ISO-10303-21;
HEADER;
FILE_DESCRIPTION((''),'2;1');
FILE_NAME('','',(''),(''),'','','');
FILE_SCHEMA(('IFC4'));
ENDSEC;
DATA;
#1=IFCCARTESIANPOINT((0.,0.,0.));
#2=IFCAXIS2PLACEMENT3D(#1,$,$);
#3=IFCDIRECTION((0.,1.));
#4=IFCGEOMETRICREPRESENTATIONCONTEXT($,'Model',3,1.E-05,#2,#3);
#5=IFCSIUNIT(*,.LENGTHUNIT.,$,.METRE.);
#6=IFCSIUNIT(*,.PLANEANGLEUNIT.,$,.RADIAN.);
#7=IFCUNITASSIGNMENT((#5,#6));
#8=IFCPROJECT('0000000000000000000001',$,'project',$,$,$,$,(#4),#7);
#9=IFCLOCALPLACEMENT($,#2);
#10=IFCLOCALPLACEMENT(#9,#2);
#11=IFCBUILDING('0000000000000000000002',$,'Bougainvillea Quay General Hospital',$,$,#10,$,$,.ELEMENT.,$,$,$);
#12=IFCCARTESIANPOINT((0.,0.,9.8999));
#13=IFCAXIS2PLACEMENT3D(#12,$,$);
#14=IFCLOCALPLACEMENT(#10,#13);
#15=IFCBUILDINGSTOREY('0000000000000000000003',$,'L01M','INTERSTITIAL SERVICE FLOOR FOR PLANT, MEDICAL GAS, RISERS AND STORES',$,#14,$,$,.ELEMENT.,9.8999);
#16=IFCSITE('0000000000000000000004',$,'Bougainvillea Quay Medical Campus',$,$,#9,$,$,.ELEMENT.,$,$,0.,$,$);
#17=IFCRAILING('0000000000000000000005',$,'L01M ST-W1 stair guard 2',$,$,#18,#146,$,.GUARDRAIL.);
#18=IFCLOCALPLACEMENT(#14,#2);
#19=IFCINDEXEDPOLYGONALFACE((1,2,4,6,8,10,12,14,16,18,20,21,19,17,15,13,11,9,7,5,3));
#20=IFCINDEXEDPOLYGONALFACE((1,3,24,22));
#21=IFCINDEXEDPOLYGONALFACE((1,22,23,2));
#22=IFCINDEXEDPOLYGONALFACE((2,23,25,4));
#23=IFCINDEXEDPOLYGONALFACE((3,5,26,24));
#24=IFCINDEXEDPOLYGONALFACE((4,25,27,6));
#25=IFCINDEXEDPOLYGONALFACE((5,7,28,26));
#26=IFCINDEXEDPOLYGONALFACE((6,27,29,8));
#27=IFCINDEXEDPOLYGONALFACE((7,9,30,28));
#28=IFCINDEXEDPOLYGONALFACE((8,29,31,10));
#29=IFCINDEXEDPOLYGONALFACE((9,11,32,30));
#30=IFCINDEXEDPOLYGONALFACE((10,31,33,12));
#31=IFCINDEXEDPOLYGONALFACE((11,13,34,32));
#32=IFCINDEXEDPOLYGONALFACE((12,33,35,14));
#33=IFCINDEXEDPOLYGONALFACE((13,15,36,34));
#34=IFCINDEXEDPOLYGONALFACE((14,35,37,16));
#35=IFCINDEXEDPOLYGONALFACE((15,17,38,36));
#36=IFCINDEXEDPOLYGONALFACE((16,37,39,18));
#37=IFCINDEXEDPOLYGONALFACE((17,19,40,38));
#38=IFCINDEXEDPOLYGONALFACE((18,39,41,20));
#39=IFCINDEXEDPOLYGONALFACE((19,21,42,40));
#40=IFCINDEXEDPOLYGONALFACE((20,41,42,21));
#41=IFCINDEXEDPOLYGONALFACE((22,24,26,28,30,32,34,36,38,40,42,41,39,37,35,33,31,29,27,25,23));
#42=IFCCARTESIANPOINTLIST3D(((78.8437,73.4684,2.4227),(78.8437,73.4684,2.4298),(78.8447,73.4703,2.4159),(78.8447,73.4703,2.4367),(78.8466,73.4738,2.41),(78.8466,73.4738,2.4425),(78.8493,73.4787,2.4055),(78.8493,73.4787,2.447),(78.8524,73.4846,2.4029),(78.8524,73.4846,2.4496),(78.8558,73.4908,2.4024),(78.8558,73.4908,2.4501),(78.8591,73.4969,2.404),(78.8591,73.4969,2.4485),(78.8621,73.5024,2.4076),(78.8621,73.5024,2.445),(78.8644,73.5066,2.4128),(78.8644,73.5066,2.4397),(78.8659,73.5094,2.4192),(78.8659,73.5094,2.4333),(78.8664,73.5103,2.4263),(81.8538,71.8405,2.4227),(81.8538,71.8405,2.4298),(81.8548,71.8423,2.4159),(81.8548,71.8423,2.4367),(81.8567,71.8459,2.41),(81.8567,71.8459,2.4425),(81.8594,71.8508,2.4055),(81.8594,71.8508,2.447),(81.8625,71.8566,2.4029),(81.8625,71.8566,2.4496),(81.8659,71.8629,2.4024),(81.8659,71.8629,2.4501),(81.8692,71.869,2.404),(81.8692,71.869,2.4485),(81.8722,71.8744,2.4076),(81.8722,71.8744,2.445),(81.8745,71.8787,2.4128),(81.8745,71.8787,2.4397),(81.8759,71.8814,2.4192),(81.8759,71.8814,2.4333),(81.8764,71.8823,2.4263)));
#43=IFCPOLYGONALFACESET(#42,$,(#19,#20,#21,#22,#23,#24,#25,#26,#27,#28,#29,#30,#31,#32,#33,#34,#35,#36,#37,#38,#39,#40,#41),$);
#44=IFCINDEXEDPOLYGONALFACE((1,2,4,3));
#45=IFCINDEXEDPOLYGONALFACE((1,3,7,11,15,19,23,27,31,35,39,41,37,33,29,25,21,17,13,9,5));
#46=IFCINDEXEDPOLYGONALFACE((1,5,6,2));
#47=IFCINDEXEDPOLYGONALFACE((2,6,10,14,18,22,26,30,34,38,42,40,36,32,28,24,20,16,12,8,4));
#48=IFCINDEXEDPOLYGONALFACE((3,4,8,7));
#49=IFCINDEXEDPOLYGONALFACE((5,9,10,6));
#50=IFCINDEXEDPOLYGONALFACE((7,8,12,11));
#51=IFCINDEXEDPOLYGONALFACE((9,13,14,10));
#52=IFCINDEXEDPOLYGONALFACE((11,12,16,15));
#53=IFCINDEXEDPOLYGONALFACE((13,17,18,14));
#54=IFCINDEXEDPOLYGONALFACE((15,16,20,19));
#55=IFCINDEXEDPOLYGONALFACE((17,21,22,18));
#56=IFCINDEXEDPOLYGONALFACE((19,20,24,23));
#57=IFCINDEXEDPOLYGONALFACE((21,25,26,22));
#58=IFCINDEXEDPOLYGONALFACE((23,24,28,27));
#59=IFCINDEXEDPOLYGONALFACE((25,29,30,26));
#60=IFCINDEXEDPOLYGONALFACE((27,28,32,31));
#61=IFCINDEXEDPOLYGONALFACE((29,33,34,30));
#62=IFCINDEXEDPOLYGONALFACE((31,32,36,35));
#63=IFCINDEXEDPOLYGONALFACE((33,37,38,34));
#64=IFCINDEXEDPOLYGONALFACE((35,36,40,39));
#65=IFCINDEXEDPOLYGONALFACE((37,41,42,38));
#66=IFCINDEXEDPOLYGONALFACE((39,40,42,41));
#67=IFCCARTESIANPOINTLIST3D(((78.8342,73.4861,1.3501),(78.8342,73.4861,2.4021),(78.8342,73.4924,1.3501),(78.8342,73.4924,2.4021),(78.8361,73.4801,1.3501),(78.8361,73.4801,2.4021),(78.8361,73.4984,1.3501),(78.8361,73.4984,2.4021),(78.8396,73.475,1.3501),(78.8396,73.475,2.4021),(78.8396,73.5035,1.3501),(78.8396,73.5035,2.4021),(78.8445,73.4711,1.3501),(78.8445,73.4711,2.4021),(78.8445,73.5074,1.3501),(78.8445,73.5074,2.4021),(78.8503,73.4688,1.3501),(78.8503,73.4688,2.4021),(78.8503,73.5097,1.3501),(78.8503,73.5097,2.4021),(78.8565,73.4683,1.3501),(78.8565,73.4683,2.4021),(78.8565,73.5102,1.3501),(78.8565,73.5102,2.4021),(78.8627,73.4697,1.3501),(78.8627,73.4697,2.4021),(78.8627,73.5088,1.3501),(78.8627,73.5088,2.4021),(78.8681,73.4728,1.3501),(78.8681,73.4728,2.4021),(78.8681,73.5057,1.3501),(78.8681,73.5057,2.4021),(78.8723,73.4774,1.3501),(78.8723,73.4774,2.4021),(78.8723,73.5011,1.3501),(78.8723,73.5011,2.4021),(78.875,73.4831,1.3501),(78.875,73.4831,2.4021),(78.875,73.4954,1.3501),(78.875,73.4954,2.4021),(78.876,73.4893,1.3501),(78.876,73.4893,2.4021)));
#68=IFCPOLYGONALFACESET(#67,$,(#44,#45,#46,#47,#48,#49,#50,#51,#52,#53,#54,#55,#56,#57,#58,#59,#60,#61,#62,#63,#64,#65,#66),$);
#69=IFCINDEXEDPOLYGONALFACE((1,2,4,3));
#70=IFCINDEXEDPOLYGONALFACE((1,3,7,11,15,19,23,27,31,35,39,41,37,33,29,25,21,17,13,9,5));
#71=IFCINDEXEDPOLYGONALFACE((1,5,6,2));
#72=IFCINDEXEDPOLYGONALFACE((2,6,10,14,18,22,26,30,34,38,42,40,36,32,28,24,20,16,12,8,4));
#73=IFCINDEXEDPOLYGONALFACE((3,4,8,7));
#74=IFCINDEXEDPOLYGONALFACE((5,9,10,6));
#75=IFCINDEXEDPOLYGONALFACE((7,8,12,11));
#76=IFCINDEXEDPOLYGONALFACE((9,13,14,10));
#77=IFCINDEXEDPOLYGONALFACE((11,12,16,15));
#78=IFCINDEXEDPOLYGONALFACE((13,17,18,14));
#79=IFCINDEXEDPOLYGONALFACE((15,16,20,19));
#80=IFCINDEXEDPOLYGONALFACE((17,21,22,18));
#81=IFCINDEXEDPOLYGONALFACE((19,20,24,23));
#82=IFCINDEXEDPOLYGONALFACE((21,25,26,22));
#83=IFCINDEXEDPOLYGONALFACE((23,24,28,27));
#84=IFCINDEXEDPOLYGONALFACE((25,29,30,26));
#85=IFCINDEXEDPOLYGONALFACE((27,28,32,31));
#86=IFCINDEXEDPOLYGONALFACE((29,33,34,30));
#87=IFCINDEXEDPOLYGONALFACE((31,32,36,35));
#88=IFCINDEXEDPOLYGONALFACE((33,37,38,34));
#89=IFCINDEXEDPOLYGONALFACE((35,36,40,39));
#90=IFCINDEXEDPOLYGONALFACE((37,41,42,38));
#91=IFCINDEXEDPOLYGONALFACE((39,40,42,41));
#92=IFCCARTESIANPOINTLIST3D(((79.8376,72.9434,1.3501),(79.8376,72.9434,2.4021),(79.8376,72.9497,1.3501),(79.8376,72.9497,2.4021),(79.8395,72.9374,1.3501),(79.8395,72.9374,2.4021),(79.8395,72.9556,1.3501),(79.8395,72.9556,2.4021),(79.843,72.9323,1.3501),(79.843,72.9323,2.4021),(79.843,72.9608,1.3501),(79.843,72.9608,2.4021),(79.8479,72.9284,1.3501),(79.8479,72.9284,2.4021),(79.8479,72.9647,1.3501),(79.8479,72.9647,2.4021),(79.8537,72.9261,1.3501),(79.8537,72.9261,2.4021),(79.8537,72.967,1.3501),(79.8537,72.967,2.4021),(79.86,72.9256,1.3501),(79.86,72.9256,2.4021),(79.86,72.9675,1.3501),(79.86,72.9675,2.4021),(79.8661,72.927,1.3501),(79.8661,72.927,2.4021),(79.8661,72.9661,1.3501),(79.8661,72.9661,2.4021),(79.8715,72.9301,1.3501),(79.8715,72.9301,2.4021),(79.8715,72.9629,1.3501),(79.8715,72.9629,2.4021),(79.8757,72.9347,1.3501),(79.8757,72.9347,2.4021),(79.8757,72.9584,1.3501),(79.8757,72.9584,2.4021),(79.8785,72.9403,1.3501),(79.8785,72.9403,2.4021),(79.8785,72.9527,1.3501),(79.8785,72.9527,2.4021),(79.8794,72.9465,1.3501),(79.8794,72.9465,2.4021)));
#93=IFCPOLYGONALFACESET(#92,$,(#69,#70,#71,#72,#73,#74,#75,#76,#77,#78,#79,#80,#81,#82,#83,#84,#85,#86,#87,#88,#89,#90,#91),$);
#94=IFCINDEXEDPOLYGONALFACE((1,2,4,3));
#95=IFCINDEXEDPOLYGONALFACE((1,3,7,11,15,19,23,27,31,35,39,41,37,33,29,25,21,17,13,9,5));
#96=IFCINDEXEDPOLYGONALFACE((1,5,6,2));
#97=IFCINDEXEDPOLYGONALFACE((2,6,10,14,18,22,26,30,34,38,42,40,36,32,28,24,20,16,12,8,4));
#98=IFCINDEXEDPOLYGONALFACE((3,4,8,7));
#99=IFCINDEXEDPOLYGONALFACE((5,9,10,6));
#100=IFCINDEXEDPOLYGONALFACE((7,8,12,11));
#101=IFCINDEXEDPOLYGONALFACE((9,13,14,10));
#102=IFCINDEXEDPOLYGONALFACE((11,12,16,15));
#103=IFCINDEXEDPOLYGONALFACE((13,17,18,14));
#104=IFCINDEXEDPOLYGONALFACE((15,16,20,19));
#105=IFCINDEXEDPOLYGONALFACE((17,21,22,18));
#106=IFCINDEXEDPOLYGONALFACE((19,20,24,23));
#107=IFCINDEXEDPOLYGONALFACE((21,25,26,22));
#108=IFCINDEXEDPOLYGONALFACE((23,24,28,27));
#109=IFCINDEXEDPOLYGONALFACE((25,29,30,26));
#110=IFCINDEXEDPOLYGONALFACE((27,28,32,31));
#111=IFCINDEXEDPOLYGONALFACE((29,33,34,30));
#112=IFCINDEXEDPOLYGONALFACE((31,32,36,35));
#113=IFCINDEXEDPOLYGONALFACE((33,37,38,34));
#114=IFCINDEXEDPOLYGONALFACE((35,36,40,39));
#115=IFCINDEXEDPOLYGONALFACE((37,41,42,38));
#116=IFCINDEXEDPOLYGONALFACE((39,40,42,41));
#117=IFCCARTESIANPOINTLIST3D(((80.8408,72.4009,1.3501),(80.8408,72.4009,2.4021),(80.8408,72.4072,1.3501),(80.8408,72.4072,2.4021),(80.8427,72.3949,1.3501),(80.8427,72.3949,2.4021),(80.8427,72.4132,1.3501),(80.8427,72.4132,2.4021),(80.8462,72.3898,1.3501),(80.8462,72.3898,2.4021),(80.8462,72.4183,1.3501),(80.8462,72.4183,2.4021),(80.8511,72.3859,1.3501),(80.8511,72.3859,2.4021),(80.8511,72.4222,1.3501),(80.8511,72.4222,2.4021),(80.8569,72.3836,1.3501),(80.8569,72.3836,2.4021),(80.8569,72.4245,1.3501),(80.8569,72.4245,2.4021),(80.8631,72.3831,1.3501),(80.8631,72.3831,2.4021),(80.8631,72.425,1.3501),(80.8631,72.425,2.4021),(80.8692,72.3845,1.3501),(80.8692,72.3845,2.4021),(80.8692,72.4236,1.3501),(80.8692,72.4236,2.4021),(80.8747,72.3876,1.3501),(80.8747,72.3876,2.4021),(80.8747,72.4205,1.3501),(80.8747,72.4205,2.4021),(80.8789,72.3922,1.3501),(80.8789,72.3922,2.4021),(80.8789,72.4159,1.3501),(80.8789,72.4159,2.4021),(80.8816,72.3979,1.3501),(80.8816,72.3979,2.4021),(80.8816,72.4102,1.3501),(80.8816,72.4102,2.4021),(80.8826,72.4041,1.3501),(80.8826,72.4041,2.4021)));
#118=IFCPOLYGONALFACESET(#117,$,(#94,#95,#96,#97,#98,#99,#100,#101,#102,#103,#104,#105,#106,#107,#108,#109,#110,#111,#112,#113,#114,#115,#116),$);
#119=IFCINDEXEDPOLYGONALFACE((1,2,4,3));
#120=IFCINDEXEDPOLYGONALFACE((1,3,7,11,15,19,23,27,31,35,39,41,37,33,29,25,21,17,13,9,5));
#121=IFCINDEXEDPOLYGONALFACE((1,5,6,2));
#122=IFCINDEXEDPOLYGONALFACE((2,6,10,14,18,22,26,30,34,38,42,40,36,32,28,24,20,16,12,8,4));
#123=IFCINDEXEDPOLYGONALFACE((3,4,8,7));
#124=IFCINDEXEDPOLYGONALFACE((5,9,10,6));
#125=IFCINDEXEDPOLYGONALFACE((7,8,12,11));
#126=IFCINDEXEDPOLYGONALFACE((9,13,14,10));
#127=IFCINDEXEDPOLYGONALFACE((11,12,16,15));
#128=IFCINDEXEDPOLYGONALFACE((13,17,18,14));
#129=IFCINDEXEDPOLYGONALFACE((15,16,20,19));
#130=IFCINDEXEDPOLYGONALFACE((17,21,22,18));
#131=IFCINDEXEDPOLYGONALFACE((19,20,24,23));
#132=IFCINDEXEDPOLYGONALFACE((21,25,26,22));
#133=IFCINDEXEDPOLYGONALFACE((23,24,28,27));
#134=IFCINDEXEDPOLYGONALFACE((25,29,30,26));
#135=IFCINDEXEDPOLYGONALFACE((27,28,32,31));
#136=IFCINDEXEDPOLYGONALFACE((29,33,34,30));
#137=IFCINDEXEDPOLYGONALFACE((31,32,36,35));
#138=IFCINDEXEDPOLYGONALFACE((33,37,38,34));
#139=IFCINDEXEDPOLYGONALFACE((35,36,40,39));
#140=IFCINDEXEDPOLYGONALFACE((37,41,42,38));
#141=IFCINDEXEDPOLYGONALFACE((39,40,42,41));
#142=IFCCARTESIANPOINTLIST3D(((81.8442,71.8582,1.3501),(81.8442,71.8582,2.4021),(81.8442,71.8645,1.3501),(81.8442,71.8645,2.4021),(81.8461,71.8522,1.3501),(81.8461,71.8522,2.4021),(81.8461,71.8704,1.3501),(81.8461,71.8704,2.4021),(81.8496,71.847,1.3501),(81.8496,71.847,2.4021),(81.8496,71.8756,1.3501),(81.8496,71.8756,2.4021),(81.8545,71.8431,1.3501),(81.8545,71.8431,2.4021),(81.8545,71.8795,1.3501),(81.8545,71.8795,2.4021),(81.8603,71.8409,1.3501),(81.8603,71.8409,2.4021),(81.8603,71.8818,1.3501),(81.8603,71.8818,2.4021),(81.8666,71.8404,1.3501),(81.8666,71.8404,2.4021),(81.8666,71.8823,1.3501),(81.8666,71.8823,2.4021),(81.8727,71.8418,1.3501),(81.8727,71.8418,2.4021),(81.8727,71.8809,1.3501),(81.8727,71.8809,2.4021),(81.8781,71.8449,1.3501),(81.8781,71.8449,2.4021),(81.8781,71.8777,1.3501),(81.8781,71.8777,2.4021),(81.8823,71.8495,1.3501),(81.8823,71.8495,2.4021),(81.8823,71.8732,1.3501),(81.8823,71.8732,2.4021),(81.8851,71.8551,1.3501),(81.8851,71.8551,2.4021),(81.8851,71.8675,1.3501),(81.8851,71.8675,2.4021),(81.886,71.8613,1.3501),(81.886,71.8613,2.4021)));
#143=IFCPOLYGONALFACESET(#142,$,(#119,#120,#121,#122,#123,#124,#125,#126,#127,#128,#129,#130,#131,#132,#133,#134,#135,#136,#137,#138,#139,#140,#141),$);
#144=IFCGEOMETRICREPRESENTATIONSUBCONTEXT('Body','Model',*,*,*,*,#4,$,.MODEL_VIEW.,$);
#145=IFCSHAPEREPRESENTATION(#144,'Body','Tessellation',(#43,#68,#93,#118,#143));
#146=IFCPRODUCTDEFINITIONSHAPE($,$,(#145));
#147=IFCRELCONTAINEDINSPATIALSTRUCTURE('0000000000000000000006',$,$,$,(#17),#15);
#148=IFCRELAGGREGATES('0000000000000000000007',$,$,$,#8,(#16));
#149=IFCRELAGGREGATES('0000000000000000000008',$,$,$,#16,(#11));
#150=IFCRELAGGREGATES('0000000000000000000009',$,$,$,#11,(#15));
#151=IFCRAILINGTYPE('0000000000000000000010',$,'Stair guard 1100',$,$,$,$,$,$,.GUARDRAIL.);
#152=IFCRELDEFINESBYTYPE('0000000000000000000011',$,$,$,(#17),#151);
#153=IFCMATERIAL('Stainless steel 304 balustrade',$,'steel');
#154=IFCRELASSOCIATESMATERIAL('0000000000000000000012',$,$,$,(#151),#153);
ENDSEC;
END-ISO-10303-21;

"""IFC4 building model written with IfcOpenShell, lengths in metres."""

from ifc_helpers import new_model, si_unit, direction, frame, origin, origin_2d, place, context, subcontext, project, spatial, circle, extrude, material, type_object, element, save


model = new_model("IFC4")

# Units and contexts
model_context = context("Model", 3, precision=1e-05, world=origin(), true_north=direction((0.0, 1.0)))
body_context = subcontext(model_context, "Body", "Model", "MODEL_VIEW")
ifc_project = project(units=[si_unit("LENGTHUNIT", "METRE"), si_unit("PLANEANGLEUNIT", "RADIAN")], contexts=[model_context])

# Site, building, storey
site_placement = place(None, origin())
site = spatial("IfcSite", under=ifc_project, at=site_placement, Name="Bougainvillea Quay Medical Campus", CompositionType="ELEMENT", RefElevation=0.0)
building_placement = place(site_placement, origin())
building = spatial("IfcBuilding", under=site, at=building_placement, Name="Bougainvillea Quay General Hospital", CompositionType="ELEMENT")
storey_placement = place(building_placement, frame((0.0, 0.0, 9.8999)))
storey = spatial("IfcBuildingStorey", under=building, at=storey_placement, Name="L01M", Description="INTERSTITIAL SERVICE FLOOR FOR PLANT, MEDICAL GAS, RISERS AND STORES", CompositionType="ELEMENT", Elevation=9.8999)

# Railing
ifc_material_1 = material(Name="Stainless steel 304 balustrade", Category="steel")
railing_type_1 = type_object("IfcRailingType", Name="Stair guard 1100", PredefinedType="GUARDRAIL", material=ifc_material_1)
railing_1_placement = place(storey_placement, frame((78.855, 73.4893, 1.3501)))
element("IfcRailing", 1, at=railing_1_placement, inside=storey, type_object=railing_type_1, Name="L01M ST-W1 stair guard 2", PredefinedType="GUARDRAIL", context=body_context, shape_type="SweptSolid", body=[
    extrude(circle(Radius=0.0239, at=origin_2d()), frame((0.0, 0.0, 1.0762), z_axis=(0.879597, -0.47572, 0.0), x_axis=(0.47572, 0.879597, 0.0)), (0.0, 0.0, 1.0), 3.4221),
    extrude(circle(Radius=0.021, at=origin_2d()), origin(), (0.0, 0.0, 1.0), 1.052),
    extrude(circle(Radius=0.021, at=origin_2d()), frame((1.0034, -0.5427, 0.0)), (0.0, 0.0, 1.0), 1.052),
    extrude(circle(Radius=0.021, at=origin_2d()), frame((2.0066, -1.0852, 0.0)), (0.0, 0.0, 1.0), 1.052),
    extrude(circle(Radius=0.021, at=origin_2d()), frame((3.01, -1.6279, 0.0)), (0.0, 0.0, 1.0), 1.052),
])

save(model, "model.ifc")
